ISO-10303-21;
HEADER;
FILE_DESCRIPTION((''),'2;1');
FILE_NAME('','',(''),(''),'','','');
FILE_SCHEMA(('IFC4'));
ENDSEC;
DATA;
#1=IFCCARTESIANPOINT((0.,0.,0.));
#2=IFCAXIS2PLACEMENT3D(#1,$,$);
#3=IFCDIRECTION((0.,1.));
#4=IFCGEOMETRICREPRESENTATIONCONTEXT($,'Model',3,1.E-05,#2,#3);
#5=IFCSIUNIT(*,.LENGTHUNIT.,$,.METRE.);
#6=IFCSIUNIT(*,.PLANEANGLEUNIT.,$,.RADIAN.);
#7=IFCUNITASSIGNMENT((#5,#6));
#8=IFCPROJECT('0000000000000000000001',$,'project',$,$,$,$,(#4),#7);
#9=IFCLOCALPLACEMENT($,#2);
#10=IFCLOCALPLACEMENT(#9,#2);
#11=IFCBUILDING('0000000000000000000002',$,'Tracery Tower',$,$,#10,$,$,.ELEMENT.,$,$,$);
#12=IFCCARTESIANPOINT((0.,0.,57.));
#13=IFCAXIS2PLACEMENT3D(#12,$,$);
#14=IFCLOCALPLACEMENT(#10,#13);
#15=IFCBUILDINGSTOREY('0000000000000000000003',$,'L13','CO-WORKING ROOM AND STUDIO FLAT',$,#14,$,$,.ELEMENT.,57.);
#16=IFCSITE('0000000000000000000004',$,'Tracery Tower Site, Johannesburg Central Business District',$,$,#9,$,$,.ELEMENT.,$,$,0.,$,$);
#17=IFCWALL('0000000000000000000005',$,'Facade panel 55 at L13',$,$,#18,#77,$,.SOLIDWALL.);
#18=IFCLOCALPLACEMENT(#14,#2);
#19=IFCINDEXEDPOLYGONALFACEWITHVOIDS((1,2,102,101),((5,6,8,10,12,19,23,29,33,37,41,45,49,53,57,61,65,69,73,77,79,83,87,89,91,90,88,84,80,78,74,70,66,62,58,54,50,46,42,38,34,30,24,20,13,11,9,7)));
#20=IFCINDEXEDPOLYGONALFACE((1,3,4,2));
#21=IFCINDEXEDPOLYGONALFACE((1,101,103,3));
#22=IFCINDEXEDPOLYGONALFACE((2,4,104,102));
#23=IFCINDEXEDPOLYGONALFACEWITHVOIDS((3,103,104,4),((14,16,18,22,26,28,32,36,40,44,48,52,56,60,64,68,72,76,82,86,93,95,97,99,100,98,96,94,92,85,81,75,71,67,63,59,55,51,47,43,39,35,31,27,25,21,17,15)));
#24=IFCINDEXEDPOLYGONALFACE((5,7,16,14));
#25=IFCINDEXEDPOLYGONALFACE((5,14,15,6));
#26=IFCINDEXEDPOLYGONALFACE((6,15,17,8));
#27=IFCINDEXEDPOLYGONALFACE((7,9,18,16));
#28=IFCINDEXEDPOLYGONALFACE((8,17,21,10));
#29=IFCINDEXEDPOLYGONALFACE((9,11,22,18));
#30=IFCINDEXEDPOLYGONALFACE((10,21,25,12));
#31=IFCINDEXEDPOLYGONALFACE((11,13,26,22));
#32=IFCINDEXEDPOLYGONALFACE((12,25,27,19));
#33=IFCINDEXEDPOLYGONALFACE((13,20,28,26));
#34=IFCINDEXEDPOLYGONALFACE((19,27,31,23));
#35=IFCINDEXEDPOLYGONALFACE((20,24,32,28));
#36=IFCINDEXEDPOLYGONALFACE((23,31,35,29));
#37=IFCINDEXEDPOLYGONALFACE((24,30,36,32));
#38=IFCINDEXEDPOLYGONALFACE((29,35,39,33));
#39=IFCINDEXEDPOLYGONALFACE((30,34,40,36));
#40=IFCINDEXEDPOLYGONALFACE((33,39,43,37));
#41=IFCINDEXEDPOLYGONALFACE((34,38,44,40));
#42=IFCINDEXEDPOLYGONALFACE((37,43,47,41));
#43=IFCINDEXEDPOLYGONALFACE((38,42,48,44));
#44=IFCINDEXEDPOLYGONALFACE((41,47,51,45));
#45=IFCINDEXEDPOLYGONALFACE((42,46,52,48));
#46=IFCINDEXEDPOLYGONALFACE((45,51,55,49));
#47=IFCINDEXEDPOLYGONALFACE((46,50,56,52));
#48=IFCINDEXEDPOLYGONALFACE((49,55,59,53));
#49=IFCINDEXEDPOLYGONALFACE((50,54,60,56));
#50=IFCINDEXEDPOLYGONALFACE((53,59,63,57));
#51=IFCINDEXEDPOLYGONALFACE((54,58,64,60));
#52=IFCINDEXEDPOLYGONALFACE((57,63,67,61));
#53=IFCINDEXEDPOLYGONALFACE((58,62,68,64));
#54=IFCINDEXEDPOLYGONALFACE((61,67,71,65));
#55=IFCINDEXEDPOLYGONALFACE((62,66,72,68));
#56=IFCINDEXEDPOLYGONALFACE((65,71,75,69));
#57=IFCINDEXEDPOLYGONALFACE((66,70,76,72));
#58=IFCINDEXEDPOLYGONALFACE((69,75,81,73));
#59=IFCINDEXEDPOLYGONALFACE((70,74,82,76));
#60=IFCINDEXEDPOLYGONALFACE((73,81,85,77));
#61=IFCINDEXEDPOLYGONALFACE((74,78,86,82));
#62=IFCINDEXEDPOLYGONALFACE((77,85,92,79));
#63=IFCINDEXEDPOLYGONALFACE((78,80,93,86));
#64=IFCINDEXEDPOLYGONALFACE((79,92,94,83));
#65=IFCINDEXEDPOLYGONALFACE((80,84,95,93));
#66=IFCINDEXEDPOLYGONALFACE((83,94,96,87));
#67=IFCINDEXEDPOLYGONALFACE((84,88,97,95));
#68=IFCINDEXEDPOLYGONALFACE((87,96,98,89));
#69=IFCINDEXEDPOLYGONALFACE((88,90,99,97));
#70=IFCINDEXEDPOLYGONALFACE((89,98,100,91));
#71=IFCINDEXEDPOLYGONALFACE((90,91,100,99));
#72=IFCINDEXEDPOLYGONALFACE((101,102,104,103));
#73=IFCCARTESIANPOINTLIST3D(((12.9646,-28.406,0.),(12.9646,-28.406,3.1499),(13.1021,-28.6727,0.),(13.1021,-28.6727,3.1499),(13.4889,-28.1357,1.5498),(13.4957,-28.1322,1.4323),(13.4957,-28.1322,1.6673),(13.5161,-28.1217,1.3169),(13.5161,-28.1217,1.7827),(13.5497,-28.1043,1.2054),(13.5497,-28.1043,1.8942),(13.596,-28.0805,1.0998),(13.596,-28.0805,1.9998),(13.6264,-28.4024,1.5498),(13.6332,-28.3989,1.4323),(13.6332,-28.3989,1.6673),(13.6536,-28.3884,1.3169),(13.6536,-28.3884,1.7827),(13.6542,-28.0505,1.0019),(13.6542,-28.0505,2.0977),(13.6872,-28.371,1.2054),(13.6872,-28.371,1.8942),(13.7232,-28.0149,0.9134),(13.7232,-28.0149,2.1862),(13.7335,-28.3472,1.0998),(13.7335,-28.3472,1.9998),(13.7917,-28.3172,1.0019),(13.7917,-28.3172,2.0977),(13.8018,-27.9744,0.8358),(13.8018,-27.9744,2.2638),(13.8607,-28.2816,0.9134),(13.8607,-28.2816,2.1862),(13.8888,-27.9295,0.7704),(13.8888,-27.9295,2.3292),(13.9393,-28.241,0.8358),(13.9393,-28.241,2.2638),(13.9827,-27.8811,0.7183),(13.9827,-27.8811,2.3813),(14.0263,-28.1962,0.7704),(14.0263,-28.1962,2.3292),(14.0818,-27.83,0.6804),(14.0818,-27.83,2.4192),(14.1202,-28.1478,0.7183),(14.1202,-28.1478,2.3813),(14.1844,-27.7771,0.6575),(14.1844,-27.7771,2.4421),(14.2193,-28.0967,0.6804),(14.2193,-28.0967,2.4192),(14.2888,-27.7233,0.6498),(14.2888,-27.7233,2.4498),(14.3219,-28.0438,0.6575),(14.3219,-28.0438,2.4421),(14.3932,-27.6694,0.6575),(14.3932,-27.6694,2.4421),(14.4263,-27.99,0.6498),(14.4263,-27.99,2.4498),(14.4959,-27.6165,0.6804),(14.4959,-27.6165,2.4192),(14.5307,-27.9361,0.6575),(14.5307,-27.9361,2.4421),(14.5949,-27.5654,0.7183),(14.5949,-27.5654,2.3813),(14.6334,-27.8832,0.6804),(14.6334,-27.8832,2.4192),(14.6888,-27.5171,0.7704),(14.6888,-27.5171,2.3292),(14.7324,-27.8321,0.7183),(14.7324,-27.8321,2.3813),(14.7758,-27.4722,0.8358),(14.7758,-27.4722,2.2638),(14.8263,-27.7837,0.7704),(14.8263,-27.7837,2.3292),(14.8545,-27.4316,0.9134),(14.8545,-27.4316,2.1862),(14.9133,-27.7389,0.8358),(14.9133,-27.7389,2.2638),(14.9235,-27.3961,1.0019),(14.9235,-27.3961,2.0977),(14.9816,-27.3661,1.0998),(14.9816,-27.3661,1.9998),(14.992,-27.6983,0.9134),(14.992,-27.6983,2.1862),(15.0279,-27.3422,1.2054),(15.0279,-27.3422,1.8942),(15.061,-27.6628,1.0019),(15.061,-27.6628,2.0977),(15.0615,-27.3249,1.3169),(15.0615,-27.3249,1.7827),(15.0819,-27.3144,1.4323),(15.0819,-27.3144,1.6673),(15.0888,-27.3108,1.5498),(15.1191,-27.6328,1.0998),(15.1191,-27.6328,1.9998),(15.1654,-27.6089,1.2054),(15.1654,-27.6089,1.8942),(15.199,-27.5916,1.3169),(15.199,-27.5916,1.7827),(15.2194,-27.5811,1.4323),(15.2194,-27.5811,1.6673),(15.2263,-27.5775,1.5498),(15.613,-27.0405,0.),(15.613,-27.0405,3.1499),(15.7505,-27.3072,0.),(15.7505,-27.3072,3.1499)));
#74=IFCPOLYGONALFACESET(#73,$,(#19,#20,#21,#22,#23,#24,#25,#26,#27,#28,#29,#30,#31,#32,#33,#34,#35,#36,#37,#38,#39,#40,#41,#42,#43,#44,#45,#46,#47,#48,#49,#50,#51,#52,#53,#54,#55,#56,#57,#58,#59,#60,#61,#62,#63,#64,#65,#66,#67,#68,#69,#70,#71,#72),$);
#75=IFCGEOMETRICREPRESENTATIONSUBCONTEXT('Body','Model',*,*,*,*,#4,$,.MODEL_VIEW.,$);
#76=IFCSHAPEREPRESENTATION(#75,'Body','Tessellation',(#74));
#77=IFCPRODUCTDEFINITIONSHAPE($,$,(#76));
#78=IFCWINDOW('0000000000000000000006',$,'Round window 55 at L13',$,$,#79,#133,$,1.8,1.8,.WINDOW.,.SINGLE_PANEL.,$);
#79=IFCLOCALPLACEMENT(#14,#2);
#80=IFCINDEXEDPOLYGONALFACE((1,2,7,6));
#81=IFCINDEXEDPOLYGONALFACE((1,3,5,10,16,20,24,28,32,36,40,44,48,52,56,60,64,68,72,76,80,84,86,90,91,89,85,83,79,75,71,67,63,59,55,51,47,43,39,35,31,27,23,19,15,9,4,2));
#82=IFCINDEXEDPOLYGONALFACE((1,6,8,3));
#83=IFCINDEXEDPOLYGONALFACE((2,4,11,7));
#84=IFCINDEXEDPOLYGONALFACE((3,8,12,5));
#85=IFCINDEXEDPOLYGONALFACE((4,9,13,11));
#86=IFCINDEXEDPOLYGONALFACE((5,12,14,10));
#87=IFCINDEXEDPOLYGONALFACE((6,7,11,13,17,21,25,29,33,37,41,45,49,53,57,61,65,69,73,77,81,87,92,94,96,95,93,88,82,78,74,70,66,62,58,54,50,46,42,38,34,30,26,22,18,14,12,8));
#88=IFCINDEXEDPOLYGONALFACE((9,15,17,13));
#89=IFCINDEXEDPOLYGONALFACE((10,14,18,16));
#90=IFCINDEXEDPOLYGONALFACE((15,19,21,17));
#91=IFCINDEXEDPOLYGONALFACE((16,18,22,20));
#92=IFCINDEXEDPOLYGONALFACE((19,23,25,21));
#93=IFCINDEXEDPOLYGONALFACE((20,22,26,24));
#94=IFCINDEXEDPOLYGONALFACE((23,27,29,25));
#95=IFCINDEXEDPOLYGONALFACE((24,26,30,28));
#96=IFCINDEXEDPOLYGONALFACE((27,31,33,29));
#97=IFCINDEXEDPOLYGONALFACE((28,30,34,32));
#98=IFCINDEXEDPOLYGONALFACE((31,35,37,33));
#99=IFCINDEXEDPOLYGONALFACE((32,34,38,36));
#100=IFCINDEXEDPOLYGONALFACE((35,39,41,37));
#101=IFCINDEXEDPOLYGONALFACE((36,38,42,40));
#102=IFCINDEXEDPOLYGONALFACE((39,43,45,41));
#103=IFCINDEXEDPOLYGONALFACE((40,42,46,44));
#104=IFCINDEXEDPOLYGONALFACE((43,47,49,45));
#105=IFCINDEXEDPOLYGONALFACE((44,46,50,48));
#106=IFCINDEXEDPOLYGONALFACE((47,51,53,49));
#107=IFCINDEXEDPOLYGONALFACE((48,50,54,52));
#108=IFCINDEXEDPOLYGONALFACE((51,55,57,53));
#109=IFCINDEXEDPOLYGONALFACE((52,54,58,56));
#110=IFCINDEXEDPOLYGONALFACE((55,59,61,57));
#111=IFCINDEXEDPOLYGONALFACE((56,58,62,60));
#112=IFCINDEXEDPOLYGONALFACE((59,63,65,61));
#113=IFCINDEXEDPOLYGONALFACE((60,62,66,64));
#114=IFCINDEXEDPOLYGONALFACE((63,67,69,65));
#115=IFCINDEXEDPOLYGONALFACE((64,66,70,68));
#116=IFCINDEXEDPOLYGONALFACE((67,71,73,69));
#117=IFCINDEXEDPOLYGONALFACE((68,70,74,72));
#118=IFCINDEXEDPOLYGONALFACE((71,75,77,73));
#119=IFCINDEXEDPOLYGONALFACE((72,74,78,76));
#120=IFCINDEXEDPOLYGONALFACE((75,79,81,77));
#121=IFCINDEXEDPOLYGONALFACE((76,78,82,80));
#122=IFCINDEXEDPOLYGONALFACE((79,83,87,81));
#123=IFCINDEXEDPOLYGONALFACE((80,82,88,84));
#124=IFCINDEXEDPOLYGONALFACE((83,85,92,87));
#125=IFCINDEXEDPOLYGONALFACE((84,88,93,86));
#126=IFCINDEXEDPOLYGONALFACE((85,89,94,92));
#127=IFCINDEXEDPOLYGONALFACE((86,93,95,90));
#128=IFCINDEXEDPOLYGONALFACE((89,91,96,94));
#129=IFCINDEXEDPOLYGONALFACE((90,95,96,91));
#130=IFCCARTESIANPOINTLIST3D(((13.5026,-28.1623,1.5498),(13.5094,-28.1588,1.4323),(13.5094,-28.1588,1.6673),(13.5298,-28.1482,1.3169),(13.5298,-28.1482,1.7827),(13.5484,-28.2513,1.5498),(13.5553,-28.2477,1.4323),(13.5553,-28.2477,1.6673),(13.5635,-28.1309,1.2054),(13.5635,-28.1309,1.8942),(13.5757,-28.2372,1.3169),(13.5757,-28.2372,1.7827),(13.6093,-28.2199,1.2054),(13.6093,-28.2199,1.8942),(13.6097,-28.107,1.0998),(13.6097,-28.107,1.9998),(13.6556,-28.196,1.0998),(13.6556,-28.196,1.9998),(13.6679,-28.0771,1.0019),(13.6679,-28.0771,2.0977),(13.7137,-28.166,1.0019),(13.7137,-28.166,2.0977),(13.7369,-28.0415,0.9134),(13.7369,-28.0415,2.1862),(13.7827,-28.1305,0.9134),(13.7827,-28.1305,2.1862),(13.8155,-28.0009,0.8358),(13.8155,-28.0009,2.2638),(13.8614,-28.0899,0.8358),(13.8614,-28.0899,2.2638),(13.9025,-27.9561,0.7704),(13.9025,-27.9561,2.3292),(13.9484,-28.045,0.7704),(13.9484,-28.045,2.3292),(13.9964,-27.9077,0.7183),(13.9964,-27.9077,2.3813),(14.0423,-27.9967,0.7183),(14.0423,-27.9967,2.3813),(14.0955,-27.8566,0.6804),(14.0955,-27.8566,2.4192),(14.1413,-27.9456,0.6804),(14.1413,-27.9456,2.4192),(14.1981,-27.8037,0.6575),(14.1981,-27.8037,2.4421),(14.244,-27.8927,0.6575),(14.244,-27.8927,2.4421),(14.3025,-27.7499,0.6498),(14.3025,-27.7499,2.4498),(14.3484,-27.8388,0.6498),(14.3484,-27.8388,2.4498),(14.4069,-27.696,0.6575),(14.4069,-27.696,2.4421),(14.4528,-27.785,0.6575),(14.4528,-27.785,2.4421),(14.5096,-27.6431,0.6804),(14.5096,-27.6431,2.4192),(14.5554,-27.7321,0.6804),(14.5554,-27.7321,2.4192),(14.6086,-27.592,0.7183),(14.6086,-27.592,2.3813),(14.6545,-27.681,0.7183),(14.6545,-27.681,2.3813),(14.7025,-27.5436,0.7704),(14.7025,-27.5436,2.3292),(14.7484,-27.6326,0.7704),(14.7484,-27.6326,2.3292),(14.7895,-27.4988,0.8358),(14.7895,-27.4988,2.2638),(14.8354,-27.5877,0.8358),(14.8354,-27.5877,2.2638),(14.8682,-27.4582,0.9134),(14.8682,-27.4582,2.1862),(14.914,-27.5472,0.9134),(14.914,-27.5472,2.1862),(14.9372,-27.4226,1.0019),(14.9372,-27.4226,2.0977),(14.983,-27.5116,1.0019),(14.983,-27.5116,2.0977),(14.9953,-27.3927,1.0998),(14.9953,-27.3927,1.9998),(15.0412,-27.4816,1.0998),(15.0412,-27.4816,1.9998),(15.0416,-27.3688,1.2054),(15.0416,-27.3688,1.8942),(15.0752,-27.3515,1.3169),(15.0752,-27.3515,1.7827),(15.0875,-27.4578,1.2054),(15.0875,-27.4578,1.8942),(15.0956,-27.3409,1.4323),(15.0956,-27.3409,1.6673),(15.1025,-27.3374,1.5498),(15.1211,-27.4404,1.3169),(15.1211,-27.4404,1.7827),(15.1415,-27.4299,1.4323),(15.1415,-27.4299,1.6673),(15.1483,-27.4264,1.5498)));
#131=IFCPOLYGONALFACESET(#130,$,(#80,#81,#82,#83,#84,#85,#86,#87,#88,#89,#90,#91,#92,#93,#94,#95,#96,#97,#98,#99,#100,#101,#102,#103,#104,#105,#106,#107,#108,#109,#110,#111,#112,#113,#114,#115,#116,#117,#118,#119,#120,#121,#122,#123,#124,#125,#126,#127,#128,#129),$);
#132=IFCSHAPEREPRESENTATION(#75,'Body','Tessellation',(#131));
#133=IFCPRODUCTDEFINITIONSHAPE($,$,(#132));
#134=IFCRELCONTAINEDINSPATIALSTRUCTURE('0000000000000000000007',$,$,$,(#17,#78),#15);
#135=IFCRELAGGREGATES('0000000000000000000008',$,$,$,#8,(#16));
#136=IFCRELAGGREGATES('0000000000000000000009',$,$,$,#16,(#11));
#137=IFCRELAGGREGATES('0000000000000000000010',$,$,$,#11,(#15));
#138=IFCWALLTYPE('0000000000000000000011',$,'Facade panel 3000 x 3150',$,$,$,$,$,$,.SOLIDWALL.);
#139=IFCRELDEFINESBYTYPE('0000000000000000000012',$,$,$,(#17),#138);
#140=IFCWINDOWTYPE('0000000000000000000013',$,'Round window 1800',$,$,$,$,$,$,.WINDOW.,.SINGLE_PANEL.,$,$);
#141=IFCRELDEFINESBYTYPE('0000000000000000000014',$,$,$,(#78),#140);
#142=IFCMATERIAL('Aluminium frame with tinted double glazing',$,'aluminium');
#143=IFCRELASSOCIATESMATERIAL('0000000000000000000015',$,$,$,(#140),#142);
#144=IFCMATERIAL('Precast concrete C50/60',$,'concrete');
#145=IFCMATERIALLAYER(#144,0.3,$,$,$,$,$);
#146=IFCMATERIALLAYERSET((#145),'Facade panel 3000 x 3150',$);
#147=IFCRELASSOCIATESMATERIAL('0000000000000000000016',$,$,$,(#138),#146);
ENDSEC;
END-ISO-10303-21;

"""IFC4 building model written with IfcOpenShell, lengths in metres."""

from ifc_helpers import new_model, si_unit, direction, frame, frame_2d, origin, origin_2d, place, context, subcontext, project, spatial, rectangle, circle, extrude, material, layer, layer_set, type_object, element, fill, save


model = new_model("IFC4")

# Units and contexts
model_context = context("Model", 3, precision=1e-05, world=origin(), true_north=direction((0.0, 1.0)))
body_context = subcontext(model_context, "Body", "Model", "MODEL_VIEW")
ifc_project = project(units=[si_unit("LENGTHUNIT", "METRE"), si_unit("PLANEANGLEUNIT", "RADIAN")], contexts=[model_context])

# Site, building, storey
site_placement = place(None, origin())
site = spatial("IfcSite", under=ifc_project, at=site_placement, Name="Tracery Tower Site, Johannesburg Central Business District", CompositionType="ELEMENT", RefElevation=0.0)
building_placement = place(site_placement, origin())
building = spatial("IfcBuilding", under=site, at=building_placement, Name="Tracery Tower", CompositionType="ELEMENT")
storey_placement = place(building_placement, frame((0.0, 0.0, 57.0)))
storey = spatial("IfcBuildingStorey", under=building, at=storey_placement, Name="L13", Description="CO-WORKING ROOM AND STUDIO FLAT", CompositionType="ELEMENT", Elevation=57.0)

# Wall, opening, window
ifc_material_1 = material(Name="Aluminium frame with tinted double glazing", Category="aluminium")
window_type = type_object("IfcWindowType", Name="Round window 1800", PartitioningType="SINGLE_PANEL", PredefinedType="WINDOW", material=ifc_material_1)
ifc_material_2 = material(Name="Precast concrete C50/60", Category="concrete")
ifc_layer_1 = layer(ifc_material_2, 0.3)
ifc_layer_set_1 = layer_set([ifc_layer_1], Name="Facade panel 3000 x 3150")
wall_type_1 = type_object("IfcWallType", Name="Facade panel 3000 x 3150", PredefinedType="SOLIDWALL", material=ifc_layer_set_1)
wall_1_placement = place(storey_placement, frame((13.0334, -28.5393, 0.0), z_axis=(0.0, 0.0, 1.0), x_axis=(0.88882, 0.458257, 0.0)))
wall_1 = element("IfcWall", 1, at=wall_1_placement, inside=storey, type_object=wall_type_1, Name="Facade panel 55 at L13", PredefinedType="SOLIDWALL", context=body_context, shape_type="SweptSolid", body=[
    extrude(rectangle(XDim=2.9797, YDim=0.3, at=frame_2d((1.4897, 0.0))), origin(), (0.0, 0.0, 1.0), 3.1499),
])
opening_1_placement = place(wall_1_placement, frame((1.4897, 0.0, 1.5498)))
opening_1 = element("IfcOpeningElement", 2, at=opening_1_placement, cuts=wall_1, PredefinedType="OPENING", context=body_context, shape_type="SweptSolid", body=[
    extrude(circle(Radius=0.9, at=origin_2d()), frame((0.0, 0.1599, 0.0), z_axis=(0.0, -1.0, 0.0), x_axis=(1.0, 0.0, 0.0)), (0.0, 0.0, 1.0), 0.3201),
])
window_1_placement = place(opening_1_placement, origin())
window_1 = element("IfcWindow", 3, at=window_1_placement, inside=storey, type_object=window_type, Name="Round window 55 at L13", OverallHeight=1.8, OverallWidth=1.8, PartitioningType="SINGLE_PANEL", PredefinedType="WINDOW", context=body_context, shape_type="SweptSolid", body=[
    extrude(circle(Radius=0.9, at=origin_2d()), frame((0.0, 0.1201, 0.0), z_axis=(0.0, -1.0, 0.0), x_axis=(1.0, 0.0, 0.0)), (0.0, 0.0, 1.0), 0.1001),
])
fill(opening_1, window_1)

save(model, "model.ifc")
